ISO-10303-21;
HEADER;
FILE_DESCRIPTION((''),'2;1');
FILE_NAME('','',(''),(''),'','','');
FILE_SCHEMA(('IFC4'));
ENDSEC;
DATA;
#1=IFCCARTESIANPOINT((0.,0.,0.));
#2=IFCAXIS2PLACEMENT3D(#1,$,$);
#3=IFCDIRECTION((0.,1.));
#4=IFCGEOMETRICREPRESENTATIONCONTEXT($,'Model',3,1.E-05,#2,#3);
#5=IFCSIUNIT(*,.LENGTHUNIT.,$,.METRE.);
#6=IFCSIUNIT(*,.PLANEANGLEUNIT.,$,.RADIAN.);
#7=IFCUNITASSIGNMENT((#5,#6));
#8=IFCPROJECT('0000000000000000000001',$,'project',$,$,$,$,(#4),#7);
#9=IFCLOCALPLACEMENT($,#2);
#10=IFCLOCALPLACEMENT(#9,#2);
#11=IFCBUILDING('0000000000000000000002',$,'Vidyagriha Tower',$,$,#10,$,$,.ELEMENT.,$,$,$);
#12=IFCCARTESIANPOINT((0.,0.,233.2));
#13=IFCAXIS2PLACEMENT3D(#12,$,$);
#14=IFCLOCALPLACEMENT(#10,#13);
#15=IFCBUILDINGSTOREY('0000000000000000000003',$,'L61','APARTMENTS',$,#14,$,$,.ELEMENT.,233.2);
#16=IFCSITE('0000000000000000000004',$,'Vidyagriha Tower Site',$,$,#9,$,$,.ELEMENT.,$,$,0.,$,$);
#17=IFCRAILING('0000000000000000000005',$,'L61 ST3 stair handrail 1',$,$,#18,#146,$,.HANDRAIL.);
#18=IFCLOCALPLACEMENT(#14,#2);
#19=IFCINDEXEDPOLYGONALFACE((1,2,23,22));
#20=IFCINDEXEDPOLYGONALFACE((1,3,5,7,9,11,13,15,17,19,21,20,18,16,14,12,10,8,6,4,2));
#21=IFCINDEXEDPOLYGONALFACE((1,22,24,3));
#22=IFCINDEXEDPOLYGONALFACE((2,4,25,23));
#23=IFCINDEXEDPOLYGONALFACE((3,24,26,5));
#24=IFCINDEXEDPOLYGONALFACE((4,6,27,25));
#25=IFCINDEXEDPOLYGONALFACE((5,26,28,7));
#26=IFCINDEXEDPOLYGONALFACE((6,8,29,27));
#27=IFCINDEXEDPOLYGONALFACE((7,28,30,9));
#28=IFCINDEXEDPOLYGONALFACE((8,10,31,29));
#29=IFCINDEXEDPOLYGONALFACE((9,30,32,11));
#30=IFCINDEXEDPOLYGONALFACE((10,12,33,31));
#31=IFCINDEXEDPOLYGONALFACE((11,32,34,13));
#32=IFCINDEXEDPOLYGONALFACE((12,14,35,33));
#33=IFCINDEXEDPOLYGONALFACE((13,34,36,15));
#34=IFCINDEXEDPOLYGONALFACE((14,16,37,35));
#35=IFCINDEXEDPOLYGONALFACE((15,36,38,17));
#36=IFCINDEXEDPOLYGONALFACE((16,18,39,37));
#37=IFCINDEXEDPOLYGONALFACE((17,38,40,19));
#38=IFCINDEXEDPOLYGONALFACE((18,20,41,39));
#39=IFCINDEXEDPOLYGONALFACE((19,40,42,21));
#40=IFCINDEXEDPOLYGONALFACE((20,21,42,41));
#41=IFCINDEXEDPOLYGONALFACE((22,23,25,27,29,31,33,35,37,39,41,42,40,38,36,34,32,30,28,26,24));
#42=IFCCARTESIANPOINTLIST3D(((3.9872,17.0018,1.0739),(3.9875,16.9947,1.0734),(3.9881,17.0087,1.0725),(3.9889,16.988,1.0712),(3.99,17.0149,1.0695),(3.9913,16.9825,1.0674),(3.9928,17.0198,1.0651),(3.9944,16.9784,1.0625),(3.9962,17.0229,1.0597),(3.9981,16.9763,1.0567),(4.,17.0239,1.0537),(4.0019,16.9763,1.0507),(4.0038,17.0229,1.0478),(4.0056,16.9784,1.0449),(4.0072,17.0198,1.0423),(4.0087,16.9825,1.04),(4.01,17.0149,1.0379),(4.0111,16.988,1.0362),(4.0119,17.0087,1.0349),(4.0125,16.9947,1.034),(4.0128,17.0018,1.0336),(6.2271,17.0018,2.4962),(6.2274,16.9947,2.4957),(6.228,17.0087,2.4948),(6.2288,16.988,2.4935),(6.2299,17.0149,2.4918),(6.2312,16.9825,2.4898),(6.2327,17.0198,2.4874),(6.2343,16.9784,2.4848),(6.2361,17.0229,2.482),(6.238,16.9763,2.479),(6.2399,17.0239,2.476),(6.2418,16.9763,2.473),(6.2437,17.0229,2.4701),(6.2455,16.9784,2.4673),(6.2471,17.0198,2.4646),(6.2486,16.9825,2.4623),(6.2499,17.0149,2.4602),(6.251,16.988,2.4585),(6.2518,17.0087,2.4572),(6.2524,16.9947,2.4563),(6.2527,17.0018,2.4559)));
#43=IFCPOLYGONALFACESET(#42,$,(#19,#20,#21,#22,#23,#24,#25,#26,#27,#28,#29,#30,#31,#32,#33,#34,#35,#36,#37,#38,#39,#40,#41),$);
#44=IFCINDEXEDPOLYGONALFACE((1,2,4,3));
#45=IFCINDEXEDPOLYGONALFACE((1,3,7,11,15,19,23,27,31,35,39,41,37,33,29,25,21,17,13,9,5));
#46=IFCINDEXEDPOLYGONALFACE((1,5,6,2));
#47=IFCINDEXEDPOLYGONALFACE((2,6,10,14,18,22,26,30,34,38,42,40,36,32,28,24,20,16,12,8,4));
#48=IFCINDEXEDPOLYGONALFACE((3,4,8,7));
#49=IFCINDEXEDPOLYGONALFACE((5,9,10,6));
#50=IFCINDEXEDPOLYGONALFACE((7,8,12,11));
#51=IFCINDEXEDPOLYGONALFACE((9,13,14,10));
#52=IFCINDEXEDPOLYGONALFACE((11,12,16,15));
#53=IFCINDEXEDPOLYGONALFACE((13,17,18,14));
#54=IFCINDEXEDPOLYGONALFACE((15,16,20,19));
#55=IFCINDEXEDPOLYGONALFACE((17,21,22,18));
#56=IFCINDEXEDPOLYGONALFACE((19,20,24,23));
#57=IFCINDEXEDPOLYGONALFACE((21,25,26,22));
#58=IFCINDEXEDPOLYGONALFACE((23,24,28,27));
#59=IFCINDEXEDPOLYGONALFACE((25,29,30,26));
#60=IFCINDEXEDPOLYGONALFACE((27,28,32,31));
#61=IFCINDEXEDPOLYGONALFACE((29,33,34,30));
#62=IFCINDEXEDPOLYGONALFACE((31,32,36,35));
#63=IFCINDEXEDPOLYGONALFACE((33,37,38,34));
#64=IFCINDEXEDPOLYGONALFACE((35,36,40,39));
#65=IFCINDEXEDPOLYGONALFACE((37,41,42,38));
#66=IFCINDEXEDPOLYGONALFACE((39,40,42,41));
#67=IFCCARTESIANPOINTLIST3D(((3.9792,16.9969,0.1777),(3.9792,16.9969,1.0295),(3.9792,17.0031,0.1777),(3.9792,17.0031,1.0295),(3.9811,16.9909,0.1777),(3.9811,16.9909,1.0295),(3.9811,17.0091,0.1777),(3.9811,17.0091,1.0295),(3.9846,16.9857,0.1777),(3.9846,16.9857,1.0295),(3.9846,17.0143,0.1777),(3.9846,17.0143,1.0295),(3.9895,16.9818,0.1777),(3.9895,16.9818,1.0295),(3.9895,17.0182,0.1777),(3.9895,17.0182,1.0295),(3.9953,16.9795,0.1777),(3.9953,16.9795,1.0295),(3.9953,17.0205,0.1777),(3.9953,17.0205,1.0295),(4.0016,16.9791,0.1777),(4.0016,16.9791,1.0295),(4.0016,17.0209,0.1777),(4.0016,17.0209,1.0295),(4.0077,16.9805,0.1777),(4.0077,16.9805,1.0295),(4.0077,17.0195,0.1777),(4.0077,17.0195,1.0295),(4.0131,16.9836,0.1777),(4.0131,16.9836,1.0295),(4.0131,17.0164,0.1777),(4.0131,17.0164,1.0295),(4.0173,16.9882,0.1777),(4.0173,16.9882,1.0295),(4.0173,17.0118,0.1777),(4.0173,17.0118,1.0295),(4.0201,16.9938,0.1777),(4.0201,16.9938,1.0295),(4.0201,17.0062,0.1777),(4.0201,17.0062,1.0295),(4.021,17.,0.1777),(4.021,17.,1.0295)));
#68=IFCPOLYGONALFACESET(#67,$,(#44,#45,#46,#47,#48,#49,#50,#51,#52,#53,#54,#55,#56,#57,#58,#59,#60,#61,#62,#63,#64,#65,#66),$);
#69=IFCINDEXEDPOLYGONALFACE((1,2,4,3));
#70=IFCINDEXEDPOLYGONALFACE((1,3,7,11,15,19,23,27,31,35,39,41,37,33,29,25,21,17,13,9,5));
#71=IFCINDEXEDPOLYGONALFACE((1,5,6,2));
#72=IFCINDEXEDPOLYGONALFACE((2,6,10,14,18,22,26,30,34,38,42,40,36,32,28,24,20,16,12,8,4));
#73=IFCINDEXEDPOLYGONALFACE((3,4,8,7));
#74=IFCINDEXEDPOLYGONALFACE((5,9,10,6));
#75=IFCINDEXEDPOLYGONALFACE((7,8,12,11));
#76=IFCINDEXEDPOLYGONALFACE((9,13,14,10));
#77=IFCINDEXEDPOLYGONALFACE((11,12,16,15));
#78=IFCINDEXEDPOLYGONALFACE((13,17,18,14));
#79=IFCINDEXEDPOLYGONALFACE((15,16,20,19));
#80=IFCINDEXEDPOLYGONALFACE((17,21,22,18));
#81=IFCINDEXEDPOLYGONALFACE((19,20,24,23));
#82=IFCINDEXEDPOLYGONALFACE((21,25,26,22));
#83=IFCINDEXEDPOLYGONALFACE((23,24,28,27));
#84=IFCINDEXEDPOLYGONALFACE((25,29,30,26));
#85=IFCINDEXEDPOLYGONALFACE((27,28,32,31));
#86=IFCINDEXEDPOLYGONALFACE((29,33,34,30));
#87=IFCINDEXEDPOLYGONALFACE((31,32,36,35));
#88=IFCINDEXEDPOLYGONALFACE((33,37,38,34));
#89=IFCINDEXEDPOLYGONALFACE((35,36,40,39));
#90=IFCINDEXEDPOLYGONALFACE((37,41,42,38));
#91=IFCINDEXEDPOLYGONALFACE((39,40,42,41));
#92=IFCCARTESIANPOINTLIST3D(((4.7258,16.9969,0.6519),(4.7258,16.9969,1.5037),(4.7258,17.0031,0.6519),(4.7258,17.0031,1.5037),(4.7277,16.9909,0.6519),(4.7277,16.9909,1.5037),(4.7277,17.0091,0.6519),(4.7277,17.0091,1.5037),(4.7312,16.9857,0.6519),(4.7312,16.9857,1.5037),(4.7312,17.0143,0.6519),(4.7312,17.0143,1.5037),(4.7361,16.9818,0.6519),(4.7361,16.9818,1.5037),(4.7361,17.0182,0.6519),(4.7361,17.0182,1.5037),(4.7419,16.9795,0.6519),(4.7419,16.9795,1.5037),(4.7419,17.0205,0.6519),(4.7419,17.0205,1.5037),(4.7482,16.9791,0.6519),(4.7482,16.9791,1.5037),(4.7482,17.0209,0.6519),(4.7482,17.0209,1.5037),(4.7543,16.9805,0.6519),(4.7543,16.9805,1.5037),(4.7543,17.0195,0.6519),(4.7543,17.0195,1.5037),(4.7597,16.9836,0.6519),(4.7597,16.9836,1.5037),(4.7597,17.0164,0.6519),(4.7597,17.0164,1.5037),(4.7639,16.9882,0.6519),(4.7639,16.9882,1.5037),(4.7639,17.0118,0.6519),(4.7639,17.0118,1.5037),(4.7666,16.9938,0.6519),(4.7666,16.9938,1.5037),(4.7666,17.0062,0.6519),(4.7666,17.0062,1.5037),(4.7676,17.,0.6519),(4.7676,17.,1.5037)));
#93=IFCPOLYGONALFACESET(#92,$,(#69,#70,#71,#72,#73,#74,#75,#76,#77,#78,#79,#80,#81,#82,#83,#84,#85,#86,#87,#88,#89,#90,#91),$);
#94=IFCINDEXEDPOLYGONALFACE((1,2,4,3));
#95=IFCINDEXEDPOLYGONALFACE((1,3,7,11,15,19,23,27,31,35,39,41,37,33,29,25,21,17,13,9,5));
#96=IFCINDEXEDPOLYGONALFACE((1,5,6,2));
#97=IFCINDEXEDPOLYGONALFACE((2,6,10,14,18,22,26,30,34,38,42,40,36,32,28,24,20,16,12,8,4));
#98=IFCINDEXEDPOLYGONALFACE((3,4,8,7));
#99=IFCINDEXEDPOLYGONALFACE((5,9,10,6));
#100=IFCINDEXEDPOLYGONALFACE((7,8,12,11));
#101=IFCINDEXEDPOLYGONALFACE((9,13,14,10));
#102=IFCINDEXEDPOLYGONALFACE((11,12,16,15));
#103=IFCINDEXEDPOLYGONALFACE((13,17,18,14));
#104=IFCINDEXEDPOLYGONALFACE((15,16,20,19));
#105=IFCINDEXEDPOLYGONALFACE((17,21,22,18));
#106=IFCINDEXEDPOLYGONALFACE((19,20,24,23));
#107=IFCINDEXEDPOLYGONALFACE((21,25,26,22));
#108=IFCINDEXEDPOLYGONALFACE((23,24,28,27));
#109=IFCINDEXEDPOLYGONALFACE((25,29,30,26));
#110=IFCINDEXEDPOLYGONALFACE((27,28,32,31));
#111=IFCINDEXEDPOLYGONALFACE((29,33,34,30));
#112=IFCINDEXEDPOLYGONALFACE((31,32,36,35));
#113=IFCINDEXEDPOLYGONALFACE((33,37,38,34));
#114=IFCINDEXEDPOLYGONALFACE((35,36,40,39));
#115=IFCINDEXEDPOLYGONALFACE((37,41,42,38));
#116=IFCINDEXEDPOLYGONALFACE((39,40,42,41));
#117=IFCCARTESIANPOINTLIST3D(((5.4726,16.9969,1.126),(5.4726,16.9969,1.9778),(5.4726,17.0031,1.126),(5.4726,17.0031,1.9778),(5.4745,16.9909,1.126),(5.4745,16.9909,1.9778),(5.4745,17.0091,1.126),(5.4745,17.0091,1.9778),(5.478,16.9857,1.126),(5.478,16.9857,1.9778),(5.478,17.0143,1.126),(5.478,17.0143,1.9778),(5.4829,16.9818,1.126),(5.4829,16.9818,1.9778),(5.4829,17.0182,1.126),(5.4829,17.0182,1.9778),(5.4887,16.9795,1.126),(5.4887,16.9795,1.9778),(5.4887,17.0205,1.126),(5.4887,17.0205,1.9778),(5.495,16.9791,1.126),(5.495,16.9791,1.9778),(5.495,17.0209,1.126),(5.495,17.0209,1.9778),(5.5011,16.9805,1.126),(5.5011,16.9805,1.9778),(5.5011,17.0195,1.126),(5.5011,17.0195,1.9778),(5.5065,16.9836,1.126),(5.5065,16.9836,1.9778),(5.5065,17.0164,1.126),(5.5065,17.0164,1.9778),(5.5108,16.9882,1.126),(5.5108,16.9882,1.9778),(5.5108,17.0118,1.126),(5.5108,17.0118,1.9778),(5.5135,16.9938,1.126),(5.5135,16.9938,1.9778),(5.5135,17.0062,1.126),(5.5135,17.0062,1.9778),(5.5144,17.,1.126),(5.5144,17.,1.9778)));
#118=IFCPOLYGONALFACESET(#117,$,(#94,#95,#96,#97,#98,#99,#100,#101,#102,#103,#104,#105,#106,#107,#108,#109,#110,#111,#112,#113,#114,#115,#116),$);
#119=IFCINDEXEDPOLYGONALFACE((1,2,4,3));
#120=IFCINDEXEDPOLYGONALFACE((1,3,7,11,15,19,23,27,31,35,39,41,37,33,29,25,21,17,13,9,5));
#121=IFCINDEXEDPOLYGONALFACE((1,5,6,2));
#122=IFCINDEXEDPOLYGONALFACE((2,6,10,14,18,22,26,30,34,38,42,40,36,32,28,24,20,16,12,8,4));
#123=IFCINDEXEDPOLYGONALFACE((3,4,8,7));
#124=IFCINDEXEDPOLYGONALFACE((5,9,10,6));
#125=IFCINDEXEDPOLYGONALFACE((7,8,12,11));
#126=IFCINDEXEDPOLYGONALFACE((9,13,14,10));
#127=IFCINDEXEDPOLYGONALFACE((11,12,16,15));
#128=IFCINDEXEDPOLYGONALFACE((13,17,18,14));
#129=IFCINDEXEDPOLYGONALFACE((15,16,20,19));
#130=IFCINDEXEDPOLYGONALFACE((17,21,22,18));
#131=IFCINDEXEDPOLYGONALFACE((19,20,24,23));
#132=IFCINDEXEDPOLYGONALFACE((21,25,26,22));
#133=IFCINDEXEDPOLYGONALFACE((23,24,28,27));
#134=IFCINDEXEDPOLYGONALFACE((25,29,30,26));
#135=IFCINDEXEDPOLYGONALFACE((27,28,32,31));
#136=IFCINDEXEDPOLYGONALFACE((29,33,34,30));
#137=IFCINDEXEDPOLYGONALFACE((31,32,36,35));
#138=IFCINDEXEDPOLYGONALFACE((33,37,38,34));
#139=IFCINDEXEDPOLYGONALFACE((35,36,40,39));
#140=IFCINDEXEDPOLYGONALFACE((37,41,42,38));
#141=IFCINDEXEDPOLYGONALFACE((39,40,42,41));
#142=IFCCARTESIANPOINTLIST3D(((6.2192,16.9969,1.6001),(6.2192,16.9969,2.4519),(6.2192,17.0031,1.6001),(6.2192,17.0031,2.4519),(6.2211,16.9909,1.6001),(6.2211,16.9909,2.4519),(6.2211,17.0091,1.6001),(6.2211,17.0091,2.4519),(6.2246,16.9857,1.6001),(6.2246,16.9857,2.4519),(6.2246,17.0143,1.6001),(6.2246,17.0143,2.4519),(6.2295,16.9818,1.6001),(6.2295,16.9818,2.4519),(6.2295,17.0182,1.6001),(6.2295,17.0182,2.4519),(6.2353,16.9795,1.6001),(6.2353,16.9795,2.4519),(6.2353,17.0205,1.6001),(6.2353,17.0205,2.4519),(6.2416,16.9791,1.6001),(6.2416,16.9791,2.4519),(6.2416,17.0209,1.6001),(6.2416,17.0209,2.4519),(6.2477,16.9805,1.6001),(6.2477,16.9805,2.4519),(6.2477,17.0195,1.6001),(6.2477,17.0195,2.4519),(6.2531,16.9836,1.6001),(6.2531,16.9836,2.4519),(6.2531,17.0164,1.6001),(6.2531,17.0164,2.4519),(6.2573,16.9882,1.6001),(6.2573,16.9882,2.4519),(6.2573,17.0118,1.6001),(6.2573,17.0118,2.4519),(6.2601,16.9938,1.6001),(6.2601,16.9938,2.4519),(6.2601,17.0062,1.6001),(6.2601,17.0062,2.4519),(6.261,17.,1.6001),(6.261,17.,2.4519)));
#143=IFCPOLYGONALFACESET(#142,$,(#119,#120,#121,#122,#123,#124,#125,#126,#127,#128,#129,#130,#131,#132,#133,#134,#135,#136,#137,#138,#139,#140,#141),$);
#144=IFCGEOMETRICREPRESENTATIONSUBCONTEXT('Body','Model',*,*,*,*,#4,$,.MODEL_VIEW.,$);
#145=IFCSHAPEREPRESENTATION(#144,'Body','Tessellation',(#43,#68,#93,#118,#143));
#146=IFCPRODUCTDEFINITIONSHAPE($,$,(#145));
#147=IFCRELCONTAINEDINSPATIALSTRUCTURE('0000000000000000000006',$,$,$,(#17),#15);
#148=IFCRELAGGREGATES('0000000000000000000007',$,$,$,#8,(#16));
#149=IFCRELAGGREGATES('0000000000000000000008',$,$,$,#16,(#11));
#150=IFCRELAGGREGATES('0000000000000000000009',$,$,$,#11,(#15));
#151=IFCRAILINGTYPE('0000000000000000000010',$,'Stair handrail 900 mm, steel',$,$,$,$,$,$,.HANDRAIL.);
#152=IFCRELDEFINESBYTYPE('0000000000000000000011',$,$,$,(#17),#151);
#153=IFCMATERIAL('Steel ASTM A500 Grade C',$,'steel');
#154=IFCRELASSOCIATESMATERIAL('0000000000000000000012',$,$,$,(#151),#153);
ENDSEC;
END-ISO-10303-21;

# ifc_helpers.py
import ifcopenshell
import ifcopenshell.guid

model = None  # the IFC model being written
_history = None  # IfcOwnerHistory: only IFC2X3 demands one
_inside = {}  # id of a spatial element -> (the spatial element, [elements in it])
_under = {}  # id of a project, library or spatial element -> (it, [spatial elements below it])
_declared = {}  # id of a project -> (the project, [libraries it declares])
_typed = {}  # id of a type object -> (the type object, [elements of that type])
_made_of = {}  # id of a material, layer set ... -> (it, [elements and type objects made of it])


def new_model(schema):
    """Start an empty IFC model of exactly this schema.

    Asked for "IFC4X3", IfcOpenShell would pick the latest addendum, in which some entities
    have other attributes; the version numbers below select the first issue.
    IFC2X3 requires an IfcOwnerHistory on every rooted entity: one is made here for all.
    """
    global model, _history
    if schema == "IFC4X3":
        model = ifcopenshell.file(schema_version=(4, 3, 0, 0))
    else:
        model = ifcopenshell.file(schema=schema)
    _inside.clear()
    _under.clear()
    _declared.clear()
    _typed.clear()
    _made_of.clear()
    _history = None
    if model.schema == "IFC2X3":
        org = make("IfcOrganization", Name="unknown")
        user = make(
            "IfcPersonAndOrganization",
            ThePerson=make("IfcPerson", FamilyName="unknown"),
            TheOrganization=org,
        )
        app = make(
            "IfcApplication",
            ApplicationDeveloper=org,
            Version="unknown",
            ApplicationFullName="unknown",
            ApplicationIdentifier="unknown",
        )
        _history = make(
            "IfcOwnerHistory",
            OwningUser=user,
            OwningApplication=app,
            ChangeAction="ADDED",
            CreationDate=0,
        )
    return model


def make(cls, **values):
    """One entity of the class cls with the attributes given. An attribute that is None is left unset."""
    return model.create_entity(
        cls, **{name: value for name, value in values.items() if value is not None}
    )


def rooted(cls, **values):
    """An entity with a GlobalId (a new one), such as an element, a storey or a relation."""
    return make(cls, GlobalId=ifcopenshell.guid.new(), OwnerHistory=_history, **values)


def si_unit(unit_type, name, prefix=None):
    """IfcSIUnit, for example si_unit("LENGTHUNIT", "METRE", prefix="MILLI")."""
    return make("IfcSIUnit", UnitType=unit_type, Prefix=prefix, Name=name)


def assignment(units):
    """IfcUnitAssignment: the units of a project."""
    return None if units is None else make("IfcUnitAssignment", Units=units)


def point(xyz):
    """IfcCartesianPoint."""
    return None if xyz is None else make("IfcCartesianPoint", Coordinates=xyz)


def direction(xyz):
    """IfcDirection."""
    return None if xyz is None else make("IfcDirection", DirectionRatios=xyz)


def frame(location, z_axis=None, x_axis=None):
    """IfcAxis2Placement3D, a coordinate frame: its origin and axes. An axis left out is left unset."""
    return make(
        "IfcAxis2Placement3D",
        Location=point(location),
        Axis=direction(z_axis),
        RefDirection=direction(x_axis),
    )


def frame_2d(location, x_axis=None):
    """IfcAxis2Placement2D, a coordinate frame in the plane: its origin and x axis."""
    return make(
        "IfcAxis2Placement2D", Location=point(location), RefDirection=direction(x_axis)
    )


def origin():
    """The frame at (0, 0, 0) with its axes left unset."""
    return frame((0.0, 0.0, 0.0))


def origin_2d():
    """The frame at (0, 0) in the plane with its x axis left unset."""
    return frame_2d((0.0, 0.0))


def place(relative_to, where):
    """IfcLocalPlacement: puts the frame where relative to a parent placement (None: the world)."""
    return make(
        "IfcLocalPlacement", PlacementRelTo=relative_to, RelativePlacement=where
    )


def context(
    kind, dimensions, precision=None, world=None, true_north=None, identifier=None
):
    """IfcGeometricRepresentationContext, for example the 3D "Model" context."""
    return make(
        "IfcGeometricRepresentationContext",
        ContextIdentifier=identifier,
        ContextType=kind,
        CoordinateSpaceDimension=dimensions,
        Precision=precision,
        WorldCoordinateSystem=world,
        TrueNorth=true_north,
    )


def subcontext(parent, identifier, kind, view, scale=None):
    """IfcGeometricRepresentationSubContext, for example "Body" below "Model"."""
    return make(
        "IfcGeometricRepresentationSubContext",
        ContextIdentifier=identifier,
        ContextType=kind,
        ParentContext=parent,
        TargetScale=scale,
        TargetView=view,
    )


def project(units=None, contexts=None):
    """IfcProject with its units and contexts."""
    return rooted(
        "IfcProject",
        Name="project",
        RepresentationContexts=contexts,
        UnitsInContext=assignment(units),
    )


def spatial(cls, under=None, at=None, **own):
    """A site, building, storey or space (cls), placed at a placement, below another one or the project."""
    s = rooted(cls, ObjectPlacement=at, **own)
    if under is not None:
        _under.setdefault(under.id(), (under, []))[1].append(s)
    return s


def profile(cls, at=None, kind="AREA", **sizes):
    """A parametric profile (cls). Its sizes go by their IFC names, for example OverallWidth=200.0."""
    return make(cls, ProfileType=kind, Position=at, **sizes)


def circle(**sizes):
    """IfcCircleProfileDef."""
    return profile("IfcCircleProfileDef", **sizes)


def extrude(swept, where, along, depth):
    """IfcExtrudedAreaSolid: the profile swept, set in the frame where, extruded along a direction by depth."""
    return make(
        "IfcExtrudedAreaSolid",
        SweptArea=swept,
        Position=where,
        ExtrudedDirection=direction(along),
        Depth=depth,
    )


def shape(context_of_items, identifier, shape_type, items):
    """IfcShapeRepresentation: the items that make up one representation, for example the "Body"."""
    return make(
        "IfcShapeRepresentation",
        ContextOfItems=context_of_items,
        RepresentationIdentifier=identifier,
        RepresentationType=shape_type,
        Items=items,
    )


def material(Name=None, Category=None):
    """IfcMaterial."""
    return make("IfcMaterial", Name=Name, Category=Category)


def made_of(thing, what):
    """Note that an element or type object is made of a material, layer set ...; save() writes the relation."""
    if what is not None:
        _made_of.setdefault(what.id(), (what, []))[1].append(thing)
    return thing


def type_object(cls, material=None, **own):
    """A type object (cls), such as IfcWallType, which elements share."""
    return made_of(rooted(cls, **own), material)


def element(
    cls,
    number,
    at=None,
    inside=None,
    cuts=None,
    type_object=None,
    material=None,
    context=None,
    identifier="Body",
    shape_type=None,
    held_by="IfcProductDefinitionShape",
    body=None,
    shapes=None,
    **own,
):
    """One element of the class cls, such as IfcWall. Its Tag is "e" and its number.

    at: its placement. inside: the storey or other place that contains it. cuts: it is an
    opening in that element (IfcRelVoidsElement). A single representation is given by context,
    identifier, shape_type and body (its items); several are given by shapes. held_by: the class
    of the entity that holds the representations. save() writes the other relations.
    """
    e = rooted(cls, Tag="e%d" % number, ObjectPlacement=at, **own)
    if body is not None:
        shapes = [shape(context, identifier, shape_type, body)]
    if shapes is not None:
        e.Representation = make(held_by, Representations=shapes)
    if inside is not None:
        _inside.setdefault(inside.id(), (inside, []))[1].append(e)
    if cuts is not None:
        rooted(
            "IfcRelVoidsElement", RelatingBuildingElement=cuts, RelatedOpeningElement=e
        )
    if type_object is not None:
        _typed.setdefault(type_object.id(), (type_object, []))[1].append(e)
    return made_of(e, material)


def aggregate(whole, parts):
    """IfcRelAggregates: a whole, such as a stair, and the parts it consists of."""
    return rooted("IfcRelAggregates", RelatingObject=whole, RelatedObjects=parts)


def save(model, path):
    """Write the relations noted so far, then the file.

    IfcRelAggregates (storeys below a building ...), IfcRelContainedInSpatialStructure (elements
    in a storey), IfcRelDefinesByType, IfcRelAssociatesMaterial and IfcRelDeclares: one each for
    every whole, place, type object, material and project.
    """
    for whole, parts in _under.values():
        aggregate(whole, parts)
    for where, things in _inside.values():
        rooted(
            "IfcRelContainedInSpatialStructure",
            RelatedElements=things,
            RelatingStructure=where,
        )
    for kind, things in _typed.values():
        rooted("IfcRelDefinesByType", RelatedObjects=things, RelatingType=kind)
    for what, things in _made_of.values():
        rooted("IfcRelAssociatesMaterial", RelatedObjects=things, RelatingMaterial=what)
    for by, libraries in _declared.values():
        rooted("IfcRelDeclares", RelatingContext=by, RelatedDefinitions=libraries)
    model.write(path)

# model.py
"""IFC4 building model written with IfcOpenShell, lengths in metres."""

from ifc_helpers import new_model, si_unit, direction, frame, origin, origin_2d, place, context, subcontext, project, spatial, circle, extrude, material, type_object, element, save


model = new_model("IFC4")

# Units and contexts
model_context = context("Model", 3, precision=1e-05, world=origin(), true_north=direction((0.0, 1.0)))
body_context = subcontext(model_context, "Body", "Model", "MODEL_VIEW")
ifc_project = project(units=[si_unit("LENGTHUNIT", "METRE"), si_unit("PLANEANGLEUNIT", "RADIAN")], contexts=[model_context])

# Site, building, storey
site_placement = place(None, origin())
site = spatial("IfcSite", under=ifc_project, at=site_placement, Name="Vidyagriha Tower Site", CompositionType="ELEMENT", RefElevation=0.0)
building_placement = place(site_placement, origin())
building = spatial("IfcBuilding", under=site, at=building_placement, Name="Vidyagriha Tower", CompositionType="ELEMENT")
storey_placement = place(building_placement, frame((0.0, 0.0, 233.2)))
storey = spatial("IfcBuildingStorey", under=building, at=storey_placement, Name="L61", Description="APARTMENTS", CompositionType="ELEMENT", Elevation=233.2)

# Railing
ifc_material_1 = material(Name="Steel ASTM A500 Grade C", Category="steel")
railing_type_1 = type_object("IfcRailingType", Name="Stair handrail 900 mm, steel", PredefinedType="HANDRAIL", material=ifc_material_1)
railing_1_placement = place(storey_placement, frame((4.0, 17.0, 0.1777)))
element("IfcRailing", 1, at=railing_1_placement, inside=storey, type_object=railing_type_1, Name="L61 ST3 stair handrail 1", PredefinedType="HANDRAIL", context=body_context, shape_type="SweptSolid", body=[
    extrude(circle(Radius=0.0239, at=origin_2d()), frame((0.0, 0.0, 0.876), z_axis=(0.844188, 0.0, 0.536048), x_axis=(0.0, 1.0, 0.0)), (0.0, 0.0, 1.0), 2.6533),
    extrude(circle(Radius=0.021, at=origin_2d()), origin(), (0.0, 0.0, 1.0), 0.8518),
    extrude(circle(Radius=0.021, at=origin_2d()), frame((0.7466, 0.0, 0.4741)), (0.0, 0.0, 1.0), 0.8518),
    extrude(circle(Radius=0.021, at=origin_2d()), frame((1.4934, 0.0, 0.9482)), (0.0, 0.0, 1.0), 0.8518),
    extrude(circle(Radius=0.021, at=origin_2d()), frame((2.24, 0.0, 1.4224)), (0.0, 0.0, 1.0), 0.8518),
])

save(model, "model.ifc")
